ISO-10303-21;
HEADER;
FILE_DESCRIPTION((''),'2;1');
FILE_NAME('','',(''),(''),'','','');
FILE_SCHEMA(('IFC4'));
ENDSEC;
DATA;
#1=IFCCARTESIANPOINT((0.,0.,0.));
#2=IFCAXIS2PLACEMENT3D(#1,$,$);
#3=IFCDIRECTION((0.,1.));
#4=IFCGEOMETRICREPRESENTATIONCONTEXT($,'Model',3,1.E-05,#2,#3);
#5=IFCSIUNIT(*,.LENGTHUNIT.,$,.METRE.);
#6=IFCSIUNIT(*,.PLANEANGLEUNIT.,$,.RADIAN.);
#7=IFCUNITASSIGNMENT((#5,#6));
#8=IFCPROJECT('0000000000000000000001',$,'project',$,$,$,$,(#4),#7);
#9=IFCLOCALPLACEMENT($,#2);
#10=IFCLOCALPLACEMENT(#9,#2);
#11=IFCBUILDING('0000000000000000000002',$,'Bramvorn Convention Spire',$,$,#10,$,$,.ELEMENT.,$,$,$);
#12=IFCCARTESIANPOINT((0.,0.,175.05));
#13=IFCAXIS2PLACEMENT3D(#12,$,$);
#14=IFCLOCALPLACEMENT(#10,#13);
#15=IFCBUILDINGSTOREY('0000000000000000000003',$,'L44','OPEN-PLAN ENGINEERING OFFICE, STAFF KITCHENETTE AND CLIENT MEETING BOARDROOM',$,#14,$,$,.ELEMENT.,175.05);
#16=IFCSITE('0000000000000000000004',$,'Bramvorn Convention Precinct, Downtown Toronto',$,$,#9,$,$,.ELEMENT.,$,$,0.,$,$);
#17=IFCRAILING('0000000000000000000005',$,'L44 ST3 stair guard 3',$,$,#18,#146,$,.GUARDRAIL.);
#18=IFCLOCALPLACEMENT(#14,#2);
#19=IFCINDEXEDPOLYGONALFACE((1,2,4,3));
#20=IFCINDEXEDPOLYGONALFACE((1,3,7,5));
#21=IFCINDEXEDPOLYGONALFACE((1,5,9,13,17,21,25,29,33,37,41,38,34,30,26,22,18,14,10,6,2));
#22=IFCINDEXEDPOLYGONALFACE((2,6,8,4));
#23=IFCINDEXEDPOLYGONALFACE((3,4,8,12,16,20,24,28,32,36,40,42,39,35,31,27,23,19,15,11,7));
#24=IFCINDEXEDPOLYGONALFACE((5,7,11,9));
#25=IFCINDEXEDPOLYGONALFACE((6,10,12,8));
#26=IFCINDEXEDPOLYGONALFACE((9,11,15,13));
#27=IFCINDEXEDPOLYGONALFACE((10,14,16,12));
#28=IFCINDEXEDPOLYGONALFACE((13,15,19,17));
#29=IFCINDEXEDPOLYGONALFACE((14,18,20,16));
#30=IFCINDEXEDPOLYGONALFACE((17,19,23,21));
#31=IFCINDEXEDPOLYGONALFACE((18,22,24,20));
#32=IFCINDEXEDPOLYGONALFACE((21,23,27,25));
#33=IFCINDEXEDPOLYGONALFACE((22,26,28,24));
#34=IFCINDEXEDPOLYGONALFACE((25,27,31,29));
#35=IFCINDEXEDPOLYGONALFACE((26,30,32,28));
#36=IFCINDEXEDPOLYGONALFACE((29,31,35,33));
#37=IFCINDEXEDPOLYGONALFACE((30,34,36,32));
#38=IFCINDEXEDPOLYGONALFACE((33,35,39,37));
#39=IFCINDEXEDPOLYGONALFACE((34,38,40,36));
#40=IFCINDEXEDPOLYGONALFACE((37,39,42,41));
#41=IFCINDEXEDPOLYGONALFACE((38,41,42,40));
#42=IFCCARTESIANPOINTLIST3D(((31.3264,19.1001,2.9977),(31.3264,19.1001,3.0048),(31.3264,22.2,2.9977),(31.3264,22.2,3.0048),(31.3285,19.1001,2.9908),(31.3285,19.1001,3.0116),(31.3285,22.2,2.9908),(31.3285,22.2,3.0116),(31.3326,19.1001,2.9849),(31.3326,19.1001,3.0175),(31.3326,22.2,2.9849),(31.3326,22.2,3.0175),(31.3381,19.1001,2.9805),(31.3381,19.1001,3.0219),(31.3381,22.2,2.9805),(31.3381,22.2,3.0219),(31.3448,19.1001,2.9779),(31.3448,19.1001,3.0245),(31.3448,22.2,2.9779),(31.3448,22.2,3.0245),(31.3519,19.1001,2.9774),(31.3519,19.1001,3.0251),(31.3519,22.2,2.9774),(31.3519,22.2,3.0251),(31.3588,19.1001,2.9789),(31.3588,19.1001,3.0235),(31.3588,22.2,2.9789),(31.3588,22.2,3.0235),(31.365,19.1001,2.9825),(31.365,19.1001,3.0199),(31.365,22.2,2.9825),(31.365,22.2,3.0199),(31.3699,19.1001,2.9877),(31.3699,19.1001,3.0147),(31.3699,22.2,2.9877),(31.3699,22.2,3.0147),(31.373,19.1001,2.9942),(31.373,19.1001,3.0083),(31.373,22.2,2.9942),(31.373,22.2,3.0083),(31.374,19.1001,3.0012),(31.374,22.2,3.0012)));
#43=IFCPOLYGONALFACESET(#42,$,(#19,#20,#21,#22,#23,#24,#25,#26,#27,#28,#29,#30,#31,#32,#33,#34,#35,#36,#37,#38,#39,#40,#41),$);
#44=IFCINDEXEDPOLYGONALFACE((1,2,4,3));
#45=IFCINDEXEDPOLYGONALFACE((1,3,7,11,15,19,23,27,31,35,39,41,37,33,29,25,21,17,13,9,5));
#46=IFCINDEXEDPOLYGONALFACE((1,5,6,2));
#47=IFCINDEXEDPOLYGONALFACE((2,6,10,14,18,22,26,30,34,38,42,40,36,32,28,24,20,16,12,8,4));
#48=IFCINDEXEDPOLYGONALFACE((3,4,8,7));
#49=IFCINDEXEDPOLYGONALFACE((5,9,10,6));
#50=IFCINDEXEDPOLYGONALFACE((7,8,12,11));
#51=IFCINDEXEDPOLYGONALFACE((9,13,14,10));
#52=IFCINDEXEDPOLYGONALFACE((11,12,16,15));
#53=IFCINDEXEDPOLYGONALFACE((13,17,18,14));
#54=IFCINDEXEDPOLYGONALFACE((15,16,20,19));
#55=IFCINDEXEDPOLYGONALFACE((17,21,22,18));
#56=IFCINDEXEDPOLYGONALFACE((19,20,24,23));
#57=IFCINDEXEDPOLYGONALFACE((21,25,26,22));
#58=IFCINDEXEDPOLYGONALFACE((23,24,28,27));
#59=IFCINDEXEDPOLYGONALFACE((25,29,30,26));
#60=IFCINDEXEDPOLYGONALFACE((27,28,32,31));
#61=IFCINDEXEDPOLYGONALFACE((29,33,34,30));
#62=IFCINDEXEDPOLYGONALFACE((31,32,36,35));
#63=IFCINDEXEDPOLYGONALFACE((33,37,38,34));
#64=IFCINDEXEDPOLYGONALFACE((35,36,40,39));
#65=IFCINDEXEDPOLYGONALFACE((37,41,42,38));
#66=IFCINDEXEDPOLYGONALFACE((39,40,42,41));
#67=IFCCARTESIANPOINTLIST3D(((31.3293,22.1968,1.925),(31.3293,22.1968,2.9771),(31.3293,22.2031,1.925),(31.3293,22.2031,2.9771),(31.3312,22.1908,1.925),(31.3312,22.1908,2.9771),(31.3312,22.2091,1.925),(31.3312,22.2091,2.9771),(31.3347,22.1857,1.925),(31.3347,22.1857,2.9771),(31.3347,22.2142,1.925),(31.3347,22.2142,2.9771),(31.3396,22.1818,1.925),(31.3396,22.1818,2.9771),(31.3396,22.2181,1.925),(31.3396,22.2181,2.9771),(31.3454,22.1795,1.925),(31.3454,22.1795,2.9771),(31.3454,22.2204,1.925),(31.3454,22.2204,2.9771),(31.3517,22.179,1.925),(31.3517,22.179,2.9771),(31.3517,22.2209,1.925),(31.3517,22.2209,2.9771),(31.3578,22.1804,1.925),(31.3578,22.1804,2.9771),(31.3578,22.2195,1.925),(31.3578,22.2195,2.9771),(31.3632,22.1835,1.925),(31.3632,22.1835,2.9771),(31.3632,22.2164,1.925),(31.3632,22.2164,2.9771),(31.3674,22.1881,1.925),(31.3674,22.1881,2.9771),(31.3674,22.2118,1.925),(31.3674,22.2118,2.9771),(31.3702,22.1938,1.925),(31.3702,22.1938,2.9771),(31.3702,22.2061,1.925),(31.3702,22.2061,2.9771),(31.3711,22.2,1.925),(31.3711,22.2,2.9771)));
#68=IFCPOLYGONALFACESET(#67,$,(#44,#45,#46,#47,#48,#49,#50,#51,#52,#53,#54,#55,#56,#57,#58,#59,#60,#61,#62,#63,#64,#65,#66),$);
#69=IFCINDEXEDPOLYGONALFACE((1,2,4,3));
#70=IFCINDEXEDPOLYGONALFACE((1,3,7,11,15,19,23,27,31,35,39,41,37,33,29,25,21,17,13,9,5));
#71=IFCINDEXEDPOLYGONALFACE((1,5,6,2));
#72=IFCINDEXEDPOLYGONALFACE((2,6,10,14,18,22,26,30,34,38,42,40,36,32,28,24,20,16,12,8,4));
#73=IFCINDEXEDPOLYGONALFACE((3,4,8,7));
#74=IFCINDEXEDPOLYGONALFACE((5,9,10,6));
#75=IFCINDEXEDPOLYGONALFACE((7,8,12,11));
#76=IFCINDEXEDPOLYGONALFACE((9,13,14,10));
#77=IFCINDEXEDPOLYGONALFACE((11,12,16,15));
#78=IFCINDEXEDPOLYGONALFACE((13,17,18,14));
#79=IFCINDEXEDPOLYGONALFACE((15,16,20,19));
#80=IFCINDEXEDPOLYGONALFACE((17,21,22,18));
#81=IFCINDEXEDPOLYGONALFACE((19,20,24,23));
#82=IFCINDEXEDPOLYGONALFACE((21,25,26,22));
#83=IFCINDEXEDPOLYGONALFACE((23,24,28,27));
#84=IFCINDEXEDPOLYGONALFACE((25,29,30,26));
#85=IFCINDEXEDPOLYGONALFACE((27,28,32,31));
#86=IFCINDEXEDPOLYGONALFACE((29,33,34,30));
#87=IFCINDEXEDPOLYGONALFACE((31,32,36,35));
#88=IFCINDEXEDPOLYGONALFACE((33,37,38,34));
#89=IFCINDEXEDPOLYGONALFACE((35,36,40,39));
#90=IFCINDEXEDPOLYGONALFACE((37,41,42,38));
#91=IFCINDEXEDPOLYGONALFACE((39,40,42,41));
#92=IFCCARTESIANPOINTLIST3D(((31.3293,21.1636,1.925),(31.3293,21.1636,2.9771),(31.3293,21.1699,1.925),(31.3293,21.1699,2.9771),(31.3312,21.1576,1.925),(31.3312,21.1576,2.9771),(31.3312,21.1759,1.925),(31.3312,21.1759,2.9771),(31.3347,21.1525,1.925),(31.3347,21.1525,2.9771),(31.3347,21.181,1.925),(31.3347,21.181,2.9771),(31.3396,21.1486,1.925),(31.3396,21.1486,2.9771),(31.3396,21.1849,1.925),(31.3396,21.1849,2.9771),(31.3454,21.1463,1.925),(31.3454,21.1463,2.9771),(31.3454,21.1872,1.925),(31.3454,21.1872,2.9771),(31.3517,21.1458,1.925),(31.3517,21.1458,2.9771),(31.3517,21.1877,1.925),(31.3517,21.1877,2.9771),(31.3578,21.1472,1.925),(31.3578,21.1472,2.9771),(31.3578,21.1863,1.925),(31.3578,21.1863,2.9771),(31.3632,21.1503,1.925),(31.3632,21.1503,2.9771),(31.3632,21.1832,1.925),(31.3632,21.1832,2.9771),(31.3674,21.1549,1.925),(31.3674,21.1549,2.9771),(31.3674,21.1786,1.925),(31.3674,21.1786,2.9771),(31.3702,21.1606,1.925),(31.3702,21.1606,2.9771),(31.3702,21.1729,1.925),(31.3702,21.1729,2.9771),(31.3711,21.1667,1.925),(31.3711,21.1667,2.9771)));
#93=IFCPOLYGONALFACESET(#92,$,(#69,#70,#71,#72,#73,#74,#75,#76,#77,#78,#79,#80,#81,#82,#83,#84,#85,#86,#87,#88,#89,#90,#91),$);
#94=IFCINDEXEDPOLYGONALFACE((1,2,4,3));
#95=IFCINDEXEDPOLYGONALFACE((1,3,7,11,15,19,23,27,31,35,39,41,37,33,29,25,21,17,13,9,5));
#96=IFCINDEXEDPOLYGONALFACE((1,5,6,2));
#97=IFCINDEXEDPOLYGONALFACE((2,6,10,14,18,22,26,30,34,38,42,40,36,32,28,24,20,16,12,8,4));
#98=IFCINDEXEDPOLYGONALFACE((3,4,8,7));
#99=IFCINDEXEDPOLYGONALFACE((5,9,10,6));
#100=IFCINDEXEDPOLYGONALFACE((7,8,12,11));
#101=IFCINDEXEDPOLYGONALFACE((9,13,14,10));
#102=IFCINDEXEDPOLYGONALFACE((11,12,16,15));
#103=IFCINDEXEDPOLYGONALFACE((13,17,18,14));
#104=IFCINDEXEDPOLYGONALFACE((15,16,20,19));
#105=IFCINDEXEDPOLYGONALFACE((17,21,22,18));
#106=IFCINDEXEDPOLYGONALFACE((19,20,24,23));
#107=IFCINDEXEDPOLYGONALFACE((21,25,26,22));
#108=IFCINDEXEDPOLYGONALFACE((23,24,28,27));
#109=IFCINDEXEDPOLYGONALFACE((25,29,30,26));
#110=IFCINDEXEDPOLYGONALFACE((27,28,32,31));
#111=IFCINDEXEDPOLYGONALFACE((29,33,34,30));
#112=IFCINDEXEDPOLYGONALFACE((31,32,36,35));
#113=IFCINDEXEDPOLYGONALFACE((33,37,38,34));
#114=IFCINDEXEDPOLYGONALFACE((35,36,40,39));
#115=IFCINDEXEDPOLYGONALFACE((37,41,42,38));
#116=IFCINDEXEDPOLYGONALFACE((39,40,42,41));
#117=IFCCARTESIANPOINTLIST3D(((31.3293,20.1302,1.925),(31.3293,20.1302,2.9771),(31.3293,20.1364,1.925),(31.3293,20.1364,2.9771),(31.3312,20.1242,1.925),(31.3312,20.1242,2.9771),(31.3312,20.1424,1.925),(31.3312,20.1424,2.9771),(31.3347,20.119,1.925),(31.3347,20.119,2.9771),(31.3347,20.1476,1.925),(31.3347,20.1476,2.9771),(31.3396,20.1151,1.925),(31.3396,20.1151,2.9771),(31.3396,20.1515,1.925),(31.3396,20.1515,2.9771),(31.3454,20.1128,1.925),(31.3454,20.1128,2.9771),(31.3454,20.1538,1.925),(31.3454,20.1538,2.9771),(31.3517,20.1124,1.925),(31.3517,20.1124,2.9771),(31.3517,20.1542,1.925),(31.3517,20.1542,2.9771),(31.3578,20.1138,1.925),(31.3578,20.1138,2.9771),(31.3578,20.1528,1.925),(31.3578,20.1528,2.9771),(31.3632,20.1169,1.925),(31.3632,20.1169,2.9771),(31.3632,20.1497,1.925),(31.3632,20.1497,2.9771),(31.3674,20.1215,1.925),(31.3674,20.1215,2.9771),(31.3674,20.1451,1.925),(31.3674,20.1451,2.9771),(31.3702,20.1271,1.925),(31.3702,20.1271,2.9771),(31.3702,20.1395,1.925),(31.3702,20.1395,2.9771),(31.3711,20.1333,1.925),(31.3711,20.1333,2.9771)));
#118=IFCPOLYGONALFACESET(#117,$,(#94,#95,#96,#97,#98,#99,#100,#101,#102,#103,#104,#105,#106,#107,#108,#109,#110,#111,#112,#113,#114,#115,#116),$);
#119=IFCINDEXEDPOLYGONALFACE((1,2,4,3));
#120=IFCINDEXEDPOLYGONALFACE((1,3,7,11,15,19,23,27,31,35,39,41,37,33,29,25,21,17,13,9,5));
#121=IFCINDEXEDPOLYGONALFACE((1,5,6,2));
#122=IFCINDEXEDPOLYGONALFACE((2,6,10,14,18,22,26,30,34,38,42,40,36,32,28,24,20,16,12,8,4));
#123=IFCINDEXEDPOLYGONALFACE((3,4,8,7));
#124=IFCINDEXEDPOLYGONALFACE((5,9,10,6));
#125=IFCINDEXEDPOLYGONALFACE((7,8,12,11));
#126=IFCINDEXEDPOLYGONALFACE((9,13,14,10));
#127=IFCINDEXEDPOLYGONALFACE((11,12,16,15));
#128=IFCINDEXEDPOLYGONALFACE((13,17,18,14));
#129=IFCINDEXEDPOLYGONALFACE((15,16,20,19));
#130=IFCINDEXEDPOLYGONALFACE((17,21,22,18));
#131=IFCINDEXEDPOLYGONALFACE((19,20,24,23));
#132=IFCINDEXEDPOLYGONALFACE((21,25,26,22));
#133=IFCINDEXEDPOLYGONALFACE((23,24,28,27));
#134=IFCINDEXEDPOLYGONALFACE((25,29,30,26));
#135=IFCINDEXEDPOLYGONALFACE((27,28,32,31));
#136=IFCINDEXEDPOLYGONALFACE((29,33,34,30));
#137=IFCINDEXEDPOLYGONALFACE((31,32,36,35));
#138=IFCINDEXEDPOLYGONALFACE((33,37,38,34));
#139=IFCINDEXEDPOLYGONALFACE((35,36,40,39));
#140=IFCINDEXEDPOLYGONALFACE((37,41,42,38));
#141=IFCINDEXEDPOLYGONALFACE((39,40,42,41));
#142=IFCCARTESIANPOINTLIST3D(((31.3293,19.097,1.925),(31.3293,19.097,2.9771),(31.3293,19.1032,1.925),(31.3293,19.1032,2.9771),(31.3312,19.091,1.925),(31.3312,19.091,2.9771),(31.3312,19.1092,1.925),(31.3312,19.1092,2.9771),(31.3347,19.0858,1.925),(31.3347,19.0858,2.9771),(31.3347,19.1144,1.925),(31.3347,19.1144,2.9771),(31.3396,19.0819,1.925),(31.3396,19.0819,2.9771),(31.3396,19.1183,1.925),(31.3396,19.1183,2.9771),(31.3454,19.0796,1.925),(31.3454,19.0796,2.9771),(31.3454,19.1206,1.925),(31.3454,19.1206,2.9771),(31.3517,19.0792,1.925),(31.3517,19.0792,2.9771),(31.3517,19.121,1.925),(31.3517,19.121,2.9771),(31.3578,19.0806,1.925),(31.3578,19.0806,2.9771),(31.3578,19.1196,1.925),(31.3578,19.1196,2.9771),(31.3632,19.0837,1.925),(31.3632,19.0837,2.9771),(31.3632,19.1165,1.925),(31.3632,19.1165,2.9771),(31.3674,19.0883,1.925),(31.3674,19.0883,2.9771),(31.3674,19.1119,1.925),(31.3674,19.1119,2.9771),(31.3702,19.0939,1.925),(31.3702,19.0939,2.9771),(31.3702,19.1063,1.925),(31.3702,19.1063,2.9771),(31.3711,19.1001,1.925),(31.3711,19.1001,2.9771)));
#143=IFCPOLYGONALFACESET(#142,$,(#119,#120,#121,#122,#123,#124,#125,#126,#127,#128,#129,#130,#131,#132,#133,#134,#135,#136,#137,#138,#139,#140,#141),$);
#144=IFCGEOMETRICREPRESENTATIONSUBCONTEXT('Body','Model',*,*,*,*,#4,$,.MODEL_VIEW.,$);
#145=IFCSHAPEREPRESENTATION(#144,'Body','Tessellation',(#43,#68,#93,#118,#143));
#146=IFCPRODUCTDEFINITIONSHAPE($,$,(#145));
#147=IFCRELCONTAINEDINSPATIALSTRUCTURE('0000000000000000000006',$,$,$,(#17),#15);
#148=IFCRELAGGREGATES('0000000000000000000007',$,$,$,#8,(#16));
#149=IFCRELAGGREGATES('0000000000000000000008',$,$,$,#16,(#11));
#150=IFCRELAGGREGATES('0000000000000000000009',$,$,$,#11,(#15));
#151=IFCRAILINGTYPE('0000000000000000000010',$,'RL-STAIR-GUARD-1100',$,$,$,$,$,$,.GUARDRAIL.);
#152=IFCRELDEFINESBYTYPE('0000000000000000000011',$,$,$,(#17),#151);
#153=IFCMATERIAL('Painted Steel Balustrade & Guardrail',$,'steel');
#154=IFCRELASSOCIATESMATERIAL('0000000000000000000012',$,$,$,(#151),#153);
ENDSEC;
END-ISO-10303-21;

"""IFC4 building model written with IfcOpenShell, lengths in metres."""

from ifc_helpers import new_model, si_unit, direction, frame, origin, origin_2d, place, context, subcontext, project, spatial, circle, extrude, material, type_object, element, save


model = new_model("IFC4")

# Units and contexts
model_context = context("Model", 3, precision=1e-05, world=origin(), true_north=direction((0.0, 1.0)))
body_context = subcontext(model_context, "Body", "Model", "MODEL_VIEW")
ifc_project = project(units=[si_unit("LENGTHUNIT", "METRE"), si_unit("PLANEANGLEUNIT", "RADIAN")], contexts=[model_context])

# Site, building, storey
site_placement = place(None, origin())
site = spatial("IfcSite", under=ifc_project, at=site_placement, Name="Bramvorn Convention Precinct, Downtown Toronto", CompositionType="ELEMENT", RefElevation=0.0)
building_placement = place(site_placement, origin())
building = spatial("IfcBuilding", under=site, at=building_placement, Name="Bramvorn Convention Spire", CompositionType="ELEMENT")
storey_placement = place(building_placement, frame((0.0, 0.0, 175.05)))
storey = spatial("IfcBuildingStorey", under=building, at=storey_placement, Name="L44", Description="OPEN-PLAN ENGINEERING OFFICE, STAFF KITCHENETTE AND CLIENT MEETING BOARDROOM", CompositionType="ELEMENT", Elevation=175.05)

# Railing
ifc_material_1 = material(Name="Painted Steel Balustrade & Guardrail", Category="steel")
railing_type_1 = type_object("IfcRailingType", Name="RL-STAIR-GUARD-1100", PredefinedType="GUARDRAIL", material=ifc_material_1)
for number, where, name in (
    (1, (31.3501, 22.2, 1.925), "L44 ST3 stair guard 3"),
):
    element("IfcRailing", number, at=place(storey_placement, frame(where)), inside=storey, type_object=railing_type_1, Name=name, PredefinedType="GUARDRAIL", context=body_context, shape_type="SweptSolid", body=[
        extrude(circle(Radius=0.0239, at=origin_2d()), frame((0.0, 0.0, 1.0762), z_axis=(0.0, -1.0, 0.0), x_axis=(1.0, 0.0, 0.0)), (0.0, 0.0, 1.0), 3.0999),
        extrude(circle(Radius=0.021, at=origin_2d()), origin(), (0.0, 0.0, 1.0), 1.052),
        extrude(circle(Radius=0.021, at=origin_2d()), frame((0.0, -1.0332, 0.0)), (0.0, 0.0, 1.0), 1.052),
        extrude(circle(Radius=0.021, at=origin_2d()), frame((0.0, -2.0667, 0.0)), (0.0, 0.0, 1.0), 1.052),
        extrude(circle(Radius=0.021, at=origin_2d()), frame((0.0, -3.0999, 0.0)), (0.0, 0.0, 1.0), 1.052),
    ])

save(model, "model.ifc")
